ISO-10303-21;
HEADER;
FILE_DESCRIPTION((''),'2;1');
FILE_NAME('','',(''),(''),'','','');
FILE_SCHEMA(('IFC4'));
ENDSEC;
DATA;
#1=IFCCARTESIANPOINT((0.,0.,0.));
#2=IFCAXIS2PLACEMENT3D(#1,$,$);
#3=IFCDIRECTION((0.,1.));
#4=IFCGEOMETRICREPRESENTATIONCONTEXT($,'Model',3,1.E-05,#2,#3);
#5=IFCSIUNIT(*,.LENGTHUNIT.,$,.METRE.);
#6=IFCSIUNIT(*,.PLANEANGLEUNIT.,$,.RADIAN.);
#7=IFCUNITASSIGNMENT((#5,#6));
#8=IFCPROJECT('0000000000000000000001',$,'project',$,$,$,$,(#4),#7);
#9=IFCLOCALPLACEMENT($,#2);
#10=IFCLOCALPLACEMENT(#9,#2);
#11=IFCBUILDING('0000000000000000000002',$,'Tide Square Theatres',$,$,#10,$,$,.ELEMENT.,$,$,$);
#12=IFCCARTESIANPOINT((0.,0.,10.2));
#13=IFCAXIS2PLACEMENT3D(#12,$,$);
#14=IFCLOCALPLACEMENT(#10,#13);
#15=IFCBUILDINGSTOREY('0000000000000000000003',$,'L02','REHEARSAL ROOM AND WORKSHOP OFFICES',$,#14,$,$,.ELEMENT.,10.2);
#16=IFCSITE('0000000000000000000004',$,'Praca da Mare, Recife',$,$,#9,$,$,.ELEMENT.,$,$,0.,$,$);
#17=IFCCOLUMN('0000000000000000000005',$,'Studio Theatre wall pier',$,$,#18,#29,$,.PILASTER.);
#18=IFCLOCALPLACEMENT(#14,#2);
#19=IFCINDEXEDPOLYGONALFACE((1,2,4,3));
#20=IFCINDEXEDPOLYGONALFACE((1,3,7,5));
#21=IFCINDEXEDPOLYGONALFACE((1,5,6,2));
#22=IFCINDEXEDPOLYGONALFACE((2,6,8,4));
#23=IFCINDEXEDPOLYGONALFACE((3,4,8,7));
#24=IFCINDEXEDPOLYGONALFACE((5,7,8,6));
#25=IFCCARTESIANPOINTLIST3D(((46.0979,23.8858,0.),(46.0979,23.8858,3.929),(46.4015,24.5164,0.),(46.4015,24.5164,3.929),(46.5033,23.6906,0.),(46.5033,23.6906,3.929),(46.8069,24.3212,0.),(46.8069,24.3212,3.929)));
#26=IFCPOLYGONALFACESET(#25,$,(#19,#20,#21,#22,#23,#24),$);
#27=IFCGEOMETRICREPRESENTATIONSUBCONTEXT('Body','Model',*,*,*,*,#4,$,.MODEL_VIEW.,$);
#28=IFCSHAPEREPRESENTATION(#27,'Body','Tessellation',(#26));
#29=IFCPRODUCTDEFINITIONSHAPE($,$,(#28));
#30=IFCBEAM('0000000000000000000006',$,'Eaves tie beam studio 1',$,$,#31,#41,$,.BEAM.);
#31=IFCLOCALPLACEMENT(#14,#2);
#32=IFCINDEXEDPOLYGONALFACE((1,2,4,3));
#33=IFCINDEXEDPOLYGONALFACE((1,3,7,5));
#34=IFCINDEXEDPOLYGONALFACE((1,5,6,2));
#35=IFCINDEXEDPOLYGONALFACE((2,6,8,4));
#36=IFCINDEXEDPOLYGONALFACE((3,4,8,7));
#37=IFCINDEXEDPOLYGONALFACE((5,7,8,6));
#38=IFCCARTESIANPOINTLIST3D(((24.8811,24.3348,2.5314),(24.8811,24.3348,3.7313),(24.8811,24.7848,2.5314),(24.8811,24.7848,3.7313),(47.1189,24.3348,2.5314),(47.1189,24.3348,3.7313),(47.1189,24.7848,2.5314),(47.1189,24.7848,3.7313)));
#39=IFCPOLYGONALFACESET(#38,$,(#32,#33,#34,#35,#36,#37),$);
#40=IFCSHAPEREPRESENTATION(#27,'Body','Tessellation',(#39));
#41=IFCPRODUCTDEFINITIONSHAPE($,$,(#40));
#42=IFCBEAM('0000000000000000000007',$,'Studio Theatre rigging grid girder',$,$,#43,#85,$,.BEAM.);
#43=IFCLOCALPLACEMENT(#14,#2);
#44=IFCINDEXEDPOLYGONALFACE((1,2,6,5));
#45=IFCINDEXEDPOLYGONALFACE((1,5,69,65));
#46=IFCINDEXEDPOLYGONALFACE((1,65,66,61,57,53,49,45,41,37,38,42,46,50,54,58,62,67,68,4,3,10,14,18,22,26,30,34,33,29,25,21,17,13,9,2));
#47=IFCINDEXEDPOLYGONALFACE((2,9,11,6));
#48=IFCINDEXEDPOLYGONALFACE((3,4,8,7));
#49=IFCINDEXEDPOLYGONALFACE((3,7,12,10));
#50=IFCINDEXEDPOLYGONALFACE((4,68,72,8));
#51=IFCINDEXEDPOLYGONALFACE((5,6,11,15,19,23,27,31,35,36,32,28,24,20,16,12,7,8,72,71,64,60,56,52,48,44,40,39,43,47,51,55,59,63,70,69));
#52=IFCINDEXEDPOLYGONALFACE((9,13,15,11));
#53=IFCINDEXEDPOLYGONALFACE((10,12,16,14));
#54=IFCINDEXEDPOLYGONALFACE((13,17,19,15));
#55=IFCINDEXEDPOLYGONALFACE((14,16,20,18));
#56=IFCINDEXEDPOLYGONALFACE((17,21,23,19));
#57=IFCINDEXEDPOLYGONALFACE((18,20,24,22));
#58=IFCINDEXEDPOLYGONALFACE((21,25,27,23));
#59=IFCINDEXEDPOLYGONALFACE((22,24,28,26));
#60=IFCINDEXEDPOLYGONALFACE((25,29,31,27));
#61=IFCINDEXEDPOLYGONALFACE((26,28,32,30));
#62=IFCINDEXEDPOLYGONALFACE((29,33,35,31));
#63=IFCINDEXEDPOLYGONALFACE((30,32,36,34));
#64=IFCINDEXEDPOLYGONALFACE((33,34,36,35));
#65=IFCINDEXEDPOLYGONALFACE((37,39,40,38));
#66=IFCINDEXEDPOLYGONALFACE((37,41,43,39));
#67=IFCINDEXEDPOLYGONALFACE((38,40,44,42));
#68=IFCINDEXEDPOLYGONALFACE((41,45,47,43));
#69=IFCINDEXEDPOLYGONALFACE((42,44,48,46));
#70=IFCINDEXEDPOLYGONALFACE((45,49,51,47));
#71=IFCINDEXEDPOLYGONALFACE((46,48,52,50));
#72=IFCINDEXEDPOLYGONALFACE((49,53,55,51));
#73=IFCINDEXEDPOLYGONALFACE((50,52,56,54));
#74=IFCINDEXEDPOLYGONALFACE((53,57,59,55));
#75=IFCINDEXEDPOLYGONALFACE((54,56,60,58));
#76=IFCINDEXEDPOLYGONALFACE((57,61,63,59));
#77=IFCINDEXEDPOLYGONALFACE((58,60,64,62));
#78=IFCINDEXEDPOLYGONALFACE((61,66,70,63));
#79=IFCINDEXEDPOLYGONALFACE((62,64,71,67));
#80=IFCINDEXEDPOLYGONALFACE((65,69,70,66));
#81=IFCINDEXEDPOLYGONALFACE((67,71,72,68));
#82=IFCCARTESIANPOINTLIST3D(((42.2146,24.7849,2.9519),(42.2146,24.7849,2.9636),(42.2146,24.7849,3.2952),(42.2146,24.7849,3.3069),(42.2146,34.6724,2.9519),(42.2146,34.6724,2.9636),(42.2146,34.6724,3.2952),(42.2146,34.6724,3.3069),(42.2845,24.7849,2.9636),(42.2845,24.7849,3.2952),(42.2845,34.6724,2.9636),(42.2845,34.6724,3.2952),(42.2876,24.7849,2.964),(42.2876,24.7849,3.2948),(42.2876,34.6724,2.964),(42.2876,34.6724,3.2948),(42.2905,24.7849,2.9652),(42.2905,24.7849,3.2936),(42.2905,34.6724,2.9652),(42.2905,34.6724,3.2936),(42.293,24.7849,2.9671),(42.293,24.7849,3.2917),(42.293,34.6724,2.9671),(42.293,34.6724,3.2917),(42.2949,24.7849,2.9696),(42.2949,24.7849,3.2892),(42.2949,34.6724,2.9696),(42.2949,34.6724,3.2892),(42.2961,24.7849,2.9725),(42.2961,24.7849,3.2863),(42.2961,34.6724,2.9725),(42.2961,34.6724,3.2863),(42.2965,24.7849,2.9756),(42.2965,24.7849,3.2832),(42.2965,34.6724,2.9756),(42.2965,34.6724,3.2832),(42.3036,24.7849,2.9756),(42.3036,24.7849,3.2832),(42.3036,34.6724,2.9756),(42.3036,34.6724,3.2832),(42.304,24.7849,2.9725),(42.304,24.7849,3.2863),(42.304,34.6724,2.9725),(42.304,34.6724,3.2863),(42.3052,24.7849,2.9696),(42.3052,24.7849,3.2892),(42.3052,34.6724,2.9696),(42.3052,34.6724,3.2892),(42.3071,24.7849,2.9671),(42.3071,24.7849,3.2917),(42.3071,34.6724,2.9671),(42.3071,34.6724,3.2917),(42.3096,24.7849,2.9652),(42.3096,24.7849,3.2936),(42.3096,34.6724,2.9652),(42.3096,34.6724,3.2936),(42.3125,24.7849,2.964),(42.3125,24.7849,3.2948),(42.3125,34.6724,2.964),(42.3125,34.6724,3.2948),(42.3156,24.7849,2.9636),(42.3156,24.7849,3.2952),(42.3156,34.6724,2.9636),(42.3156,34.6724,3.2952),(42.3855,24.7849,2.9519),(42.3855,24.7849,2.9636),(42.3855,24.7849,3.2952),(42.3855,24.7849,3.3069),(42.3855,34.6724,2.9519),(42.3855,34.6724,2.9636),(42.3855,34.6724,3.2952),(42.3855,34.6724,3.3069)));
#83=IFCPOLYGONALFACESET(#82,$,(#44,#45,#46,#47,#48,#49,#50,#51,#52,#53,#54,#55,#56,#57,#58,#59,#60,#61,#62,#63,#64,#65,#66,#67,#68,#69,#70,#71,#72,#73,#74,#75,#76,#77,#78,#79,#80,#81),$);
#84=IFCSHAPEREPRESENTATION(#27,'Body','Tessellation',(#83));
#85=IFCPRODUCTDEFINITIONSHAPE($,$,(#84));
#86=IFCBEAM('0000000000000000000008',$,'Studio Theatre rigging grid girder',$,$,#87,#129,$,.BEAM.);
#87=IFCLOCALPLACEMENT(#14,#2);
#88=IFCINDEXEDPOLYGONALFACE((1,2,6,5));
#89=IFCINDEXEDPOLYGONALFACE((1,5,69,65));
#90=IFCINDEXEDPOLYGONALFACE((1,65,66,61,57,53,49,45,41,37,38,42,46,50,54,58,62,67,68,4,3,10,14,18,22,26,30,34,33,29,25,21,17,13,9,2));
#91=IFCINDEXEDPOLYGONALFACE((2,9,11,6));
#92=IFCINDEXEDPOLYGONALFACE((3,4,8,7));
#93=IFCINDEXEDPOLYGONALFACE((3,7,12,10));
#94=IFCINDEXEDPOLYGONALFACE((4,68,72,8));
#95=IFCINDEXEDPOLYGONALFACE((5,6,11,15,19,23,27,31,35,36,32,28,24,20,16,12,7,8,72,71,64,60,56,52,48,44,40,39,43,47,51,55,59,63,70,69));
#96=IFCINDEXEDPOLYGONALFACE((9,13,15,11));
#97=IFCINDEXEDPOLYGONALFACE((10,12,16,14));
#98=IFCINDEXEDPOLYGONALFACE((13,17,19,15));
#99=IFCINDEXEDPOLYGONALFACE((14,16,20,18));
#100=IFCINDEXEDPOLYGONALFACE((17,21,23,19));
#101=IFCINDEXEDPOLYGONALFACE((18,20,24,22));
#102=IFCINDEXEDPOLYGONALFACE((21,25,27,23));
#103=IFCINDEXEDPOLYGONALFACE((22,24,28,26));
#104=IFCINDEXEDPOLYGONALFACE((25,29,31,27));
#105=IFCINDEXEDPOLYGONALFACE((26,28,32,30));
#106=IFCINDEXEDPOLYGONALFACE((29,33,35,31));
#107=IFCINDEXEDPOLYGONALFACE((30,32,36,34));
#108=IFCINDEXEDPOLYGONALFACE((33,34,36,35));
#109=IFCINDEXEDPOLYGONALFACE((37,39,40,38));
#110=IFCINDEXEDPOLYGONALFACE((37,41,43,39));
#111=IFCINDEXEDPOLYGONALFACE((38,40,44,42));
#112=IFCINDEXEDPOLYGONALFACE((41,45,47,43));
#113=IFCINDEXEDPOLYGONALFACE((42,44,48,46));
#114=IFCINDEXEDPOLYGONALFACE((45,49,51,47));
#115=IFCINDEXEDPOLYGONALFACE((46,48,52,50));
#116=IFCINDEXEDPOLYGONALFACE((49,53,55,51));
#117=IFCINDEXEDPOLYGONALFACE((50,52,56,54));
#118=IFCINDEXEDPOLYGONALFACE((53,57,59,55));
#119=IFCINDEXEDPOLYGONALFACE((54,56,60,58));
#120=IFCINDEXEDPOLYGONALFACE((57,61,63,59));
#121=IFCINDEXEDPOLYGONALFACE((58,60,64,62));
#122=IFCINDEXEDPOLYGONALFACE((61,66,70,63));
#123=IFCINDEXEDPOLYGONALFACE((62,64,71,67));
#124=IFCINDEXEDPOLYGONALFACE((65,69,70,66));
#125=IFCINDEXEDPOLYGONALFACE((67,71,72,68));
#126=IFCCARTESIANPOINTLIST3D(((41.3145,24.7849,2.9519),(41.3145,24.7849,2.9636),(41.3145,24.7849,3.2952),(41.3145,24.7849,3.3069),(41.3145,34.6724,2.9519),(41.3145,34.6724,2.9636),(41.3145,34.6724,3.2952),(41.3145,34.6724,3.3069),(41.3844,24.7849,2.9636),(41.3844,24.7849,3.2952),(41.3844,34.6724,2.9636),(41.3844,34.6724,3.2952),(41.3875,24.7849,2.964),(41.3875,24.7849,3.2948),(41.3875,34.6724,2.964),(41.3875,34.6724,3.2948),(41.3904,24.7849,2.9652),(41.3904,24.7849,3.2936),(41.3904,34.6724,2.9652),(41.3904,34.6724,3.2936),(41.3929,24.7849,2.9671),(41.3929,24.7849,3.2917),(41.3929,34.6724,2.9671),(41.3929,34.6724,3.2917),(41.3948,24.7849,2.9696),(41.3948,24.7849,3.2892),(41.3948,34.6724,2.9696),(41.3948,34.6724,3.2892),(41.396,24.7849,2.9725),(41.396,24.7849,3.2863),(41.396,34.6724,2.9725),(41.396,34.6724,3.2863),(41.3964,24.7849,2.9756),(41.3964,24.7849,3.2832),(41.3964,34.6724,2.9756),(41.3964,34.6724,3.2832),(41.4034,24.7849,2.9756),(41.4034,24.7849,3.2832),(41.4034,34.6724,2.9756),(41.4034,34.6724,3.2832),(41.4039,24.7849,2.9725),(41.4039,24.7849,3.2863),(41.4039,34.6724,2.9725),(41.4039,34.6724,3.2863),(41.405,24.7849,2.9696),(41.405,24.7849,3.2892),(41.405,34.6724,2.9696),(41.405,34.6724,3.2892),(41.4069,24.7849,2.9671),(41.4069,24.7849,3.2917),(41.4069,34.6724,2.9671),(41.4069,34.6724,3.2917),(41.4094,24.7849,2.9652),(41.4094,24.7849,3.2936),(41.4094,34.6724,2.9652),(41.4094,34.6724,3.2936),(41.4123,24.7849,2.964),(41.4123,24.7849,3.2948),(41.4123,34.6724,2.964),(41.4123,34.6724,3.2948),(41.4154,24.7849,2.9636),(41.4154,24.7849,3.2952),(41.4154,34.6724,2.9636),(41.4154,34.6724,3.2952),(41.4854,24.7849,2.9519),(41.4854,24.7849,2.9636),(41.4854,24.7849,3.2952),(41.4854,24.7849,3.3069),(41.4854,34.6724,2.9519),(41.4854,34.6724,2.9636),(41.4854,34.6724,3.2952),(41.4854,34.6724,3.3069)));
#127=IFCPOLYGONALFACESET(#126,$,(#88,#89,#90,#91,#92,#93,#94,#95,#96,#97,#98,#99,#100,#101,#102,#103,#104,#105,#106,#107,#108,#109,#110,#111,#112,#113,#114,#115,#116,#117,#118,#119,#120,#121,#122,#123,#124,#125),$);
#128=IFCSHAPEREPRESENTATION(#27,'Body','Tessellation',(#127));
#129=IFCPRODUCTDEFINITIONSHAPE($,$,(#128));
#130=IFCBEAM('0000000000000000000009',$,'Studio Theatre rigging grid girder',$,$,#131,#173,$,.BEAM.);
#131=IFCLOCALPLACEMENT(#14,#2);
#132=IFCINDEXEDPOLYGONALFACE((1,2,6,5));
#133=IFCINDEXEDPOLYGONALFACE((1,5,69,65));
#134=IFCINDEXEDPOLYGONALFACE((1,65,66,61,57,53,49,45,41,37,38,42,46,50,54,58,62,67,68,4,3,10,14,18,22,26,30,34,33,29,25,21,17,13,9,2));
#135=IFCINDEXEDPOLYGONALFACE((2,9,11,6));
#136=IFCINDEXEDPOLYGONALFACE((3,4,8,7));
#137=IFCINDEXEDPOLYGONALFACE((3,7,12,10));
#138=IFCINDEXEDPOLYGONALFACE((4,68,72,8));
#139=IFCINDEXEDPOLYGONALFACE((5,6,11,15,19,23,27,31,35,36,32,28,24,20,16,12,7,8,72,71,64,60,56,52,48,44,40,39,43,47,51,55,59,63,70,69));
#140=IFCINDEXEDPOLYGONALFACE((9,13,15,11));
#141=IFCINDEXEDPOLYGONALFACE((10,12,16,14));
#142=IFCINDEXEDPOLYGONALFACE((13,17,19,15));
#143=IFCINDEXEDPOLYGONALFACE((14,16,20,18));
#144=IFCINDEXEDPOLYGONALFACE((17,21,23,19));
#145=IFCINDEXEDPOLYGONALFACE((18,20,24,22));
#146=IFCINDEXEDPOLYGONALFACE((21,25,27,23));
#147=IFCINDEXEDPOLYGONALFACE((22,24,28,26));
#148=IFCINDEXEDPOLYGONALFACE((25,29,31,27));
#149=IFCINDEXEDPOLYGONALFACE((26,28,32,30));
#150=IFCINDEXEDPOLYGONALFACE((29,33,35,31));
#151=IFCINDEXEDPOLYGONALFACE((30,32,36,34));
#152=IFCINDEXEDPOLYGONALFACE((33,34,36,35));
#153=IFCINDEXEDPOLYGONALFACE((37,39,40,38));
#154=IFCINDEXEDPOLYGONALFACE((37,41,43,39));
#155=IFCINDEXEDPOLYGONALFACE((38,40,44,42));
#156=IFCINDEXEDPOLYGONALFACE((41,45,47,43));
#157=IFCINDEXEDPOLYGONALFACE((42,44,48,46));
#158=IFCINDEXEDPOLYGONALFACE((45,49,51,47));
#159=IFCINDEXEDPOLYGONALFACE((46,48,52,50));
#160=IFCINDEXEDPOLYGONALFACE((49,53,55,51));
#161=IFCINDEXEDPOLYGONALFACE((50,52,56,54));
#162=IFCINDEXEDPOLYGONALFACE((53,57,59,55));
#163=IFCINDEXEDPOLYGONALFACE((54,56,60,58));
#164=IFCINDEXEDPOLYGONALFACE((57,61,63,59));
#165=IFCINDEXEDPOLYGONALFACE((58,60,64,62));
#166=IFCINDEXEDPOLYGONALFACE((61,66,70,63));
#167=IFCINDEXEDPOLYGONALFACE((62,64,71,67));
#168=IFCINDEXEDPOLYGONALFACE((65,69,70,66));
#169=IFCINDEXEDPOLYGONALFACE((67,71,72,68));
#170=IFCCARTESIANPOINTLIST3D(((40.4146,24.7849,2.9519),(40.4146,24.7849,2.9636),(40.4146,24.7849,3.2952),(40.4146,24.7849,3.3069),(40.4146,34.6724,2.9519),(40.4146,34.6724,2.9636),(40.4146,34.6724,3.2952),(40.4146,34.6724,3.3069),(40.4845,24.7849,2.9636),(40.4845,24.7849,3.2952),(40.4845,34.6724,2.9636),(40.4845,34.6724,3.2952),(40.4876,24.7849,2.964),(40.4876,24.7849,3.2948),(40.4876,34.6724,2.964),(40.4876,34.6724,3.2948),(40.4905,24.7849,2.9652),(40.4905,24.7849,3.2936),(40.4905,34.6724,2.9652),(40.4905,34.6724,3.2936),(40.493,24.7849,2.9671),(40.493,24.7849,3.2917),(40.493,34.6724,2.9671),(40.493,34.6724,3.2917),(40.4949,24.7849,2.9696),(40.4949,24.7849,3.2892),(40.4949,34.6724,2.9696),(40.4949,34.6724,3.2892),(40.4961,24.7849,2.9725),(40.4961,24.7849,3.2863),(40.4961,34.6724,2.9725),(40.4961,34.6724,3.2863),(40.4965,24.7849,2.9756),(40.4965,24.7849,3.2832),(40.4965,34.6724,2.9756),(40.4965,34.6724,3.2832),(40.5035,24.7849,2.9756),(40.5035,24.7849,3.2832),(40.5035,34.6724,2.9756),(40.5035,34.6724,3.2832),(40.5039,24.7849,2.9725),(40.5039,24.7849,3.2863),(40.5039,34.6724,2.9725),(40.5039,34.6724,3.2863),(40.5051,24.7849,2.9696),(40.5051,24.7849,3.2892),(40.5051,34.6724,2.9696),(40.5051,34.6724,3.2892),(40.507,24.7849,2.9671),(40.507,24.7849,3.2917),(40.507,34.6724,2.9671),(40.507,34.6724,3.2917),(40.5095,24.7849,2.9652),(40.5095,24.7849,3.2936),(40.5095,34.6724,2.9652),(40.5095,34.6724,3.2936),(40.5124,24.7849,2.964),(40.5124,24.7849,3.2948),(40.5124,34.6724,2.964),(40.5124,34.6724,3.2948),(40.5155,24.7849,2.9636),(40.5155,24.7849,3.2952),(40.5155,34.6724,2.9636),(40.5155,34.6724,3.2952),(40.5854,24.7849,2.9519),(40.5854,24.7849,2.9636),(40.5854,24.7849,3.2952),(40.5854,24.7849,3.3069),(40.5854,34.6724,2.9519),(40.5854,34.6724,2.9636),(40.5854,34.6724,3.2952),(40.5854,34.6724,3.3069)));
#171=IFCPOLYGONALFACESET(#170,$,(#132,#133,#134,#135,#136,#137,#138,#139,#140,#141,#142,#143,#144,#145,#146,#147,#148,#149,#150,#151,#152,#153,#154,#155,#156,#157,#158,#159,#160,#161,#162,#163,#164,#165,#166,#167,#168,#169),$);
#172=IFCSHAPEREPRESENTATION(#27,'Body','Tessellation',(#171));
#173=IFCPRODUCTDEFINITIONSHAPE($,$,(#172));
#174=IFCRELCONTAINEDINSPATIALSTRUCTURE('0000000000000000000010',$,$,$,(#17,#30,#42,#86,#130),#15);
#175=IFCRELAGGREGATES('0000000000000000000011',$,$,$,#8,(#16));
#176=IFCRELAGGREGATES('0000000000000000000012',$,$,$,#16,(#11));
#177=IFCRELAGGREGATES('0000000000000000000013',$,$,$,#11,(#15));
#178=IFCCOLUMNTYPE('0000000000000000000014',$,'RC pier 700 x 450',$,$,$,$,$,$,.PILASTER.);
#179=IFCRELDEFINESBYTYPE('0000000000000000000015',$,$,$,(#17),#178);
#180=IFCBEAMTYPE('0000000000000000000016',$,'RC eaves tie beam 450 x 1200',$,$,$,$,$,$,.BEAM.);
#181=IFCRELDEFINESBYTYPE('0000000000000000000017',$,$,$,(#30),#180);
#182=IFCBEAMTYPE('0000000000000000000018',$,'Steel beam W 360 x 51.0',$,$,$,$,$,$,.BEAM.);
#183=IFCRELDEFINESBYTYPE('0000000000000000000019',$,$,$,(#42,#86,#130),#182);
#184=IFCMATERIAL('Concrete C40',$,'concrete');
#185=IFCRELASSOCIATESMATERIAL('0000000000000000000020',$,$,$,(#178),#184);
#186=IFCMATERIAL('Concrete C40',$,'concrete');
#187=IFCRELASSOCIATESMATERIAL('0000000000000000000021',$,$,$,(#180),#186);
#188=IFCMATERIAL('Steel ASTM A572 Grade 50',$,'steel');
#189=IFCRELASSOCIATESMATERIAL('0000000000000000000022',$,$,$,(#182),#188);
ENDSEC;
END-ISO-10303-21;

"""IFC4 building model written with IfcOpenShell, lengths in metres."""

from ifc_helpers import new_model, si_unit, direction, frame, origin, origin_2d, place, context, subcontext, project, spatial, rectangle, i_section, extrude, material, material_profile, profile_set, type_object, element, save


model = new_model("IFC4")

# Units and contexts
model_context = context("Model", 3, precision=1e-05, world=origin(), true_north=direction((0.0, 1.0)))
body_context = subcontext(model_context, "Body", "Model", "MODEL_VIEW")
ifc_project = project(units=[si_unit("LENGTHUNIT", "METRE"), si_unit("PLANEANGLEUNIT", "RADIAN")], contexts=[model_context])

# Site, building, storey
site_placement = place(None, origin())
site = spatial("IfcSite", under=ifc_project, at=site_placement, Name="Praca da Mare, Recife", CompositionType="ELEMENT", RefElevation=0.0)
building_placement = place(site_placement, origin())
building = spatial("IfcBuilding", under=site, at=building_placement, Name="Tide Square Theatres", CompositionType="ELEMENT")
storey_placement = place(building_placement, frame((0.0, 0.0, 10.2)))
storey = spatial("IfcBuildingStorey", under=building, at=storey_placement, Name="L02", Description="REHEARSAL ROOM AND WORKSHOP OFFICES", CompositionType="ELEMENT", Elevation=10.2)

# Column
ifc_material_1 = material(Name="Concrete C40", Category="concrete")
ifc_material_profile_1 = material_profile(ifc_material_1, rectangle(XDim=0.7, YDim=0.45, at=origin_2d()))
ifc_profile_set_1 = profile_set([ifc_material_profile_1], Name="Concrete C40")
column_type = type_object("IfcColumnType", Name="RC pier 700 x 450", PredefinedType="PILASTER", material=ifc_profile_set_1)
column_placement = place(storey_placement, frame((46.4524, 24.1035, 0.0), z_axis=(0.0, 0.0, 1.0), x_axis=(0.433814, 0.901003, 0.0)))
element("IfcColumn", 1, at=column_placement, inside=storey, type_object=column_type, Name="Studio Theatre wall pier", PredefinedType="PILASTER", context=body_context, shape_type="SweptSolid", body=[
    extrude(rectangle(XDim=0.7, YDim=0.45, at=origin_2d()), origin(), (0.0, 0.0, 1.0), 3.929),
])

# Beams
ifc_material_2 = material(Name="Concrete C40", Category="concrete")
ifc_material_profile_2 = material_profile(ifc_material_2, rectangle(XDim=0.45, YDim=1.2, at=origin_2d()))
ifc_profile_set_2 = profile_set([ifc_material_profile_2], Name="Concrete C40")
beam_type_1 = type_object("IfcBeamType", Name="RC eaves tie beam 450 x 1200", PredefinedType="BEAM", material=ifc_profile_set_2)
beam_placement = place(storey_placement, frame((47.1189, 24.5598, 3.1313), z_axis=(-1.0, 0.0, 0.0), x_axis=(0.0, -1.0, 0.0)))
element("IfcBeam", 2, at=beam_placement, inside=storey, type_object=beam_type_1, Name="Eaves tie beam studio 1", PredefinedType="BEAM", context=body_context, shape_type="SweptSolid", body=[
    extrude(rectangle(XDim=0.45, YDim=1.2, at=origin_2d()), origin(), (0.0, 0.0, 1.0), 22.2378),
])
ifc_material_3 = material(Name="Steel ASTM A572 Grade 50", Category="steel")
ifc_material_profile_3 = material_profile(ifc_material_3, i_section(OverallWidth=0.1709, OverallDepth=0.355, WebThickness=0.0071, FlangeThickness=0.0117, FilletRadius=0.012, at=origin_2d()))
ifc_profile_set_3 = profile_set([ifc_material_profile_3], Name="Steel ASTM A572 Grade 50")
beam_type_2 = type_object("IfcBeamType", Name="Steel beam W 360 x 51.0", PredefinedType="BEAM", material=ifc_profile_set_3)
for number, where, z_axis, x_axis, name in (
    (3, (42.3, 24.7849, 3.1294), (0.0, 1.0, 0.0), (-1.0, 0.0, 0.0), "Studio Theatre rigging grid girder"),
    (4, (41.3999, 24.7849, 3.1294), (0.0, 1.0, 0.0), (-1.0, 0.0, 0.0), "Studio Theatre rigging grid girder"),
    (5, (40.5, 24.7849, 3.1294), (0.0, 1.0, 0.0), (-1.0, 0.0, 0.0), "Studio Theatre rigging grid girder"),
):
    element("IfcBeam", number, at=place(storey_placement, frame(where, z_axis=z_axis, x_axis=x_axis)), inside=storey, type_object=beam_type_2, Name=name, PredefinedType="BEAM", context=body_context, shape_type="SweptSolid", body=[
        extrude(i_section(OverallWidth=0.1709, OverallDepth=0.355, WebThickness=0.0071, FlangeThickness=0.0117, FilletRadius=0.012, at=origin_2d()), origin(), (0.0, 0.0, 1.0), 9.8875),
    ])

save(model, "model.ifc")
